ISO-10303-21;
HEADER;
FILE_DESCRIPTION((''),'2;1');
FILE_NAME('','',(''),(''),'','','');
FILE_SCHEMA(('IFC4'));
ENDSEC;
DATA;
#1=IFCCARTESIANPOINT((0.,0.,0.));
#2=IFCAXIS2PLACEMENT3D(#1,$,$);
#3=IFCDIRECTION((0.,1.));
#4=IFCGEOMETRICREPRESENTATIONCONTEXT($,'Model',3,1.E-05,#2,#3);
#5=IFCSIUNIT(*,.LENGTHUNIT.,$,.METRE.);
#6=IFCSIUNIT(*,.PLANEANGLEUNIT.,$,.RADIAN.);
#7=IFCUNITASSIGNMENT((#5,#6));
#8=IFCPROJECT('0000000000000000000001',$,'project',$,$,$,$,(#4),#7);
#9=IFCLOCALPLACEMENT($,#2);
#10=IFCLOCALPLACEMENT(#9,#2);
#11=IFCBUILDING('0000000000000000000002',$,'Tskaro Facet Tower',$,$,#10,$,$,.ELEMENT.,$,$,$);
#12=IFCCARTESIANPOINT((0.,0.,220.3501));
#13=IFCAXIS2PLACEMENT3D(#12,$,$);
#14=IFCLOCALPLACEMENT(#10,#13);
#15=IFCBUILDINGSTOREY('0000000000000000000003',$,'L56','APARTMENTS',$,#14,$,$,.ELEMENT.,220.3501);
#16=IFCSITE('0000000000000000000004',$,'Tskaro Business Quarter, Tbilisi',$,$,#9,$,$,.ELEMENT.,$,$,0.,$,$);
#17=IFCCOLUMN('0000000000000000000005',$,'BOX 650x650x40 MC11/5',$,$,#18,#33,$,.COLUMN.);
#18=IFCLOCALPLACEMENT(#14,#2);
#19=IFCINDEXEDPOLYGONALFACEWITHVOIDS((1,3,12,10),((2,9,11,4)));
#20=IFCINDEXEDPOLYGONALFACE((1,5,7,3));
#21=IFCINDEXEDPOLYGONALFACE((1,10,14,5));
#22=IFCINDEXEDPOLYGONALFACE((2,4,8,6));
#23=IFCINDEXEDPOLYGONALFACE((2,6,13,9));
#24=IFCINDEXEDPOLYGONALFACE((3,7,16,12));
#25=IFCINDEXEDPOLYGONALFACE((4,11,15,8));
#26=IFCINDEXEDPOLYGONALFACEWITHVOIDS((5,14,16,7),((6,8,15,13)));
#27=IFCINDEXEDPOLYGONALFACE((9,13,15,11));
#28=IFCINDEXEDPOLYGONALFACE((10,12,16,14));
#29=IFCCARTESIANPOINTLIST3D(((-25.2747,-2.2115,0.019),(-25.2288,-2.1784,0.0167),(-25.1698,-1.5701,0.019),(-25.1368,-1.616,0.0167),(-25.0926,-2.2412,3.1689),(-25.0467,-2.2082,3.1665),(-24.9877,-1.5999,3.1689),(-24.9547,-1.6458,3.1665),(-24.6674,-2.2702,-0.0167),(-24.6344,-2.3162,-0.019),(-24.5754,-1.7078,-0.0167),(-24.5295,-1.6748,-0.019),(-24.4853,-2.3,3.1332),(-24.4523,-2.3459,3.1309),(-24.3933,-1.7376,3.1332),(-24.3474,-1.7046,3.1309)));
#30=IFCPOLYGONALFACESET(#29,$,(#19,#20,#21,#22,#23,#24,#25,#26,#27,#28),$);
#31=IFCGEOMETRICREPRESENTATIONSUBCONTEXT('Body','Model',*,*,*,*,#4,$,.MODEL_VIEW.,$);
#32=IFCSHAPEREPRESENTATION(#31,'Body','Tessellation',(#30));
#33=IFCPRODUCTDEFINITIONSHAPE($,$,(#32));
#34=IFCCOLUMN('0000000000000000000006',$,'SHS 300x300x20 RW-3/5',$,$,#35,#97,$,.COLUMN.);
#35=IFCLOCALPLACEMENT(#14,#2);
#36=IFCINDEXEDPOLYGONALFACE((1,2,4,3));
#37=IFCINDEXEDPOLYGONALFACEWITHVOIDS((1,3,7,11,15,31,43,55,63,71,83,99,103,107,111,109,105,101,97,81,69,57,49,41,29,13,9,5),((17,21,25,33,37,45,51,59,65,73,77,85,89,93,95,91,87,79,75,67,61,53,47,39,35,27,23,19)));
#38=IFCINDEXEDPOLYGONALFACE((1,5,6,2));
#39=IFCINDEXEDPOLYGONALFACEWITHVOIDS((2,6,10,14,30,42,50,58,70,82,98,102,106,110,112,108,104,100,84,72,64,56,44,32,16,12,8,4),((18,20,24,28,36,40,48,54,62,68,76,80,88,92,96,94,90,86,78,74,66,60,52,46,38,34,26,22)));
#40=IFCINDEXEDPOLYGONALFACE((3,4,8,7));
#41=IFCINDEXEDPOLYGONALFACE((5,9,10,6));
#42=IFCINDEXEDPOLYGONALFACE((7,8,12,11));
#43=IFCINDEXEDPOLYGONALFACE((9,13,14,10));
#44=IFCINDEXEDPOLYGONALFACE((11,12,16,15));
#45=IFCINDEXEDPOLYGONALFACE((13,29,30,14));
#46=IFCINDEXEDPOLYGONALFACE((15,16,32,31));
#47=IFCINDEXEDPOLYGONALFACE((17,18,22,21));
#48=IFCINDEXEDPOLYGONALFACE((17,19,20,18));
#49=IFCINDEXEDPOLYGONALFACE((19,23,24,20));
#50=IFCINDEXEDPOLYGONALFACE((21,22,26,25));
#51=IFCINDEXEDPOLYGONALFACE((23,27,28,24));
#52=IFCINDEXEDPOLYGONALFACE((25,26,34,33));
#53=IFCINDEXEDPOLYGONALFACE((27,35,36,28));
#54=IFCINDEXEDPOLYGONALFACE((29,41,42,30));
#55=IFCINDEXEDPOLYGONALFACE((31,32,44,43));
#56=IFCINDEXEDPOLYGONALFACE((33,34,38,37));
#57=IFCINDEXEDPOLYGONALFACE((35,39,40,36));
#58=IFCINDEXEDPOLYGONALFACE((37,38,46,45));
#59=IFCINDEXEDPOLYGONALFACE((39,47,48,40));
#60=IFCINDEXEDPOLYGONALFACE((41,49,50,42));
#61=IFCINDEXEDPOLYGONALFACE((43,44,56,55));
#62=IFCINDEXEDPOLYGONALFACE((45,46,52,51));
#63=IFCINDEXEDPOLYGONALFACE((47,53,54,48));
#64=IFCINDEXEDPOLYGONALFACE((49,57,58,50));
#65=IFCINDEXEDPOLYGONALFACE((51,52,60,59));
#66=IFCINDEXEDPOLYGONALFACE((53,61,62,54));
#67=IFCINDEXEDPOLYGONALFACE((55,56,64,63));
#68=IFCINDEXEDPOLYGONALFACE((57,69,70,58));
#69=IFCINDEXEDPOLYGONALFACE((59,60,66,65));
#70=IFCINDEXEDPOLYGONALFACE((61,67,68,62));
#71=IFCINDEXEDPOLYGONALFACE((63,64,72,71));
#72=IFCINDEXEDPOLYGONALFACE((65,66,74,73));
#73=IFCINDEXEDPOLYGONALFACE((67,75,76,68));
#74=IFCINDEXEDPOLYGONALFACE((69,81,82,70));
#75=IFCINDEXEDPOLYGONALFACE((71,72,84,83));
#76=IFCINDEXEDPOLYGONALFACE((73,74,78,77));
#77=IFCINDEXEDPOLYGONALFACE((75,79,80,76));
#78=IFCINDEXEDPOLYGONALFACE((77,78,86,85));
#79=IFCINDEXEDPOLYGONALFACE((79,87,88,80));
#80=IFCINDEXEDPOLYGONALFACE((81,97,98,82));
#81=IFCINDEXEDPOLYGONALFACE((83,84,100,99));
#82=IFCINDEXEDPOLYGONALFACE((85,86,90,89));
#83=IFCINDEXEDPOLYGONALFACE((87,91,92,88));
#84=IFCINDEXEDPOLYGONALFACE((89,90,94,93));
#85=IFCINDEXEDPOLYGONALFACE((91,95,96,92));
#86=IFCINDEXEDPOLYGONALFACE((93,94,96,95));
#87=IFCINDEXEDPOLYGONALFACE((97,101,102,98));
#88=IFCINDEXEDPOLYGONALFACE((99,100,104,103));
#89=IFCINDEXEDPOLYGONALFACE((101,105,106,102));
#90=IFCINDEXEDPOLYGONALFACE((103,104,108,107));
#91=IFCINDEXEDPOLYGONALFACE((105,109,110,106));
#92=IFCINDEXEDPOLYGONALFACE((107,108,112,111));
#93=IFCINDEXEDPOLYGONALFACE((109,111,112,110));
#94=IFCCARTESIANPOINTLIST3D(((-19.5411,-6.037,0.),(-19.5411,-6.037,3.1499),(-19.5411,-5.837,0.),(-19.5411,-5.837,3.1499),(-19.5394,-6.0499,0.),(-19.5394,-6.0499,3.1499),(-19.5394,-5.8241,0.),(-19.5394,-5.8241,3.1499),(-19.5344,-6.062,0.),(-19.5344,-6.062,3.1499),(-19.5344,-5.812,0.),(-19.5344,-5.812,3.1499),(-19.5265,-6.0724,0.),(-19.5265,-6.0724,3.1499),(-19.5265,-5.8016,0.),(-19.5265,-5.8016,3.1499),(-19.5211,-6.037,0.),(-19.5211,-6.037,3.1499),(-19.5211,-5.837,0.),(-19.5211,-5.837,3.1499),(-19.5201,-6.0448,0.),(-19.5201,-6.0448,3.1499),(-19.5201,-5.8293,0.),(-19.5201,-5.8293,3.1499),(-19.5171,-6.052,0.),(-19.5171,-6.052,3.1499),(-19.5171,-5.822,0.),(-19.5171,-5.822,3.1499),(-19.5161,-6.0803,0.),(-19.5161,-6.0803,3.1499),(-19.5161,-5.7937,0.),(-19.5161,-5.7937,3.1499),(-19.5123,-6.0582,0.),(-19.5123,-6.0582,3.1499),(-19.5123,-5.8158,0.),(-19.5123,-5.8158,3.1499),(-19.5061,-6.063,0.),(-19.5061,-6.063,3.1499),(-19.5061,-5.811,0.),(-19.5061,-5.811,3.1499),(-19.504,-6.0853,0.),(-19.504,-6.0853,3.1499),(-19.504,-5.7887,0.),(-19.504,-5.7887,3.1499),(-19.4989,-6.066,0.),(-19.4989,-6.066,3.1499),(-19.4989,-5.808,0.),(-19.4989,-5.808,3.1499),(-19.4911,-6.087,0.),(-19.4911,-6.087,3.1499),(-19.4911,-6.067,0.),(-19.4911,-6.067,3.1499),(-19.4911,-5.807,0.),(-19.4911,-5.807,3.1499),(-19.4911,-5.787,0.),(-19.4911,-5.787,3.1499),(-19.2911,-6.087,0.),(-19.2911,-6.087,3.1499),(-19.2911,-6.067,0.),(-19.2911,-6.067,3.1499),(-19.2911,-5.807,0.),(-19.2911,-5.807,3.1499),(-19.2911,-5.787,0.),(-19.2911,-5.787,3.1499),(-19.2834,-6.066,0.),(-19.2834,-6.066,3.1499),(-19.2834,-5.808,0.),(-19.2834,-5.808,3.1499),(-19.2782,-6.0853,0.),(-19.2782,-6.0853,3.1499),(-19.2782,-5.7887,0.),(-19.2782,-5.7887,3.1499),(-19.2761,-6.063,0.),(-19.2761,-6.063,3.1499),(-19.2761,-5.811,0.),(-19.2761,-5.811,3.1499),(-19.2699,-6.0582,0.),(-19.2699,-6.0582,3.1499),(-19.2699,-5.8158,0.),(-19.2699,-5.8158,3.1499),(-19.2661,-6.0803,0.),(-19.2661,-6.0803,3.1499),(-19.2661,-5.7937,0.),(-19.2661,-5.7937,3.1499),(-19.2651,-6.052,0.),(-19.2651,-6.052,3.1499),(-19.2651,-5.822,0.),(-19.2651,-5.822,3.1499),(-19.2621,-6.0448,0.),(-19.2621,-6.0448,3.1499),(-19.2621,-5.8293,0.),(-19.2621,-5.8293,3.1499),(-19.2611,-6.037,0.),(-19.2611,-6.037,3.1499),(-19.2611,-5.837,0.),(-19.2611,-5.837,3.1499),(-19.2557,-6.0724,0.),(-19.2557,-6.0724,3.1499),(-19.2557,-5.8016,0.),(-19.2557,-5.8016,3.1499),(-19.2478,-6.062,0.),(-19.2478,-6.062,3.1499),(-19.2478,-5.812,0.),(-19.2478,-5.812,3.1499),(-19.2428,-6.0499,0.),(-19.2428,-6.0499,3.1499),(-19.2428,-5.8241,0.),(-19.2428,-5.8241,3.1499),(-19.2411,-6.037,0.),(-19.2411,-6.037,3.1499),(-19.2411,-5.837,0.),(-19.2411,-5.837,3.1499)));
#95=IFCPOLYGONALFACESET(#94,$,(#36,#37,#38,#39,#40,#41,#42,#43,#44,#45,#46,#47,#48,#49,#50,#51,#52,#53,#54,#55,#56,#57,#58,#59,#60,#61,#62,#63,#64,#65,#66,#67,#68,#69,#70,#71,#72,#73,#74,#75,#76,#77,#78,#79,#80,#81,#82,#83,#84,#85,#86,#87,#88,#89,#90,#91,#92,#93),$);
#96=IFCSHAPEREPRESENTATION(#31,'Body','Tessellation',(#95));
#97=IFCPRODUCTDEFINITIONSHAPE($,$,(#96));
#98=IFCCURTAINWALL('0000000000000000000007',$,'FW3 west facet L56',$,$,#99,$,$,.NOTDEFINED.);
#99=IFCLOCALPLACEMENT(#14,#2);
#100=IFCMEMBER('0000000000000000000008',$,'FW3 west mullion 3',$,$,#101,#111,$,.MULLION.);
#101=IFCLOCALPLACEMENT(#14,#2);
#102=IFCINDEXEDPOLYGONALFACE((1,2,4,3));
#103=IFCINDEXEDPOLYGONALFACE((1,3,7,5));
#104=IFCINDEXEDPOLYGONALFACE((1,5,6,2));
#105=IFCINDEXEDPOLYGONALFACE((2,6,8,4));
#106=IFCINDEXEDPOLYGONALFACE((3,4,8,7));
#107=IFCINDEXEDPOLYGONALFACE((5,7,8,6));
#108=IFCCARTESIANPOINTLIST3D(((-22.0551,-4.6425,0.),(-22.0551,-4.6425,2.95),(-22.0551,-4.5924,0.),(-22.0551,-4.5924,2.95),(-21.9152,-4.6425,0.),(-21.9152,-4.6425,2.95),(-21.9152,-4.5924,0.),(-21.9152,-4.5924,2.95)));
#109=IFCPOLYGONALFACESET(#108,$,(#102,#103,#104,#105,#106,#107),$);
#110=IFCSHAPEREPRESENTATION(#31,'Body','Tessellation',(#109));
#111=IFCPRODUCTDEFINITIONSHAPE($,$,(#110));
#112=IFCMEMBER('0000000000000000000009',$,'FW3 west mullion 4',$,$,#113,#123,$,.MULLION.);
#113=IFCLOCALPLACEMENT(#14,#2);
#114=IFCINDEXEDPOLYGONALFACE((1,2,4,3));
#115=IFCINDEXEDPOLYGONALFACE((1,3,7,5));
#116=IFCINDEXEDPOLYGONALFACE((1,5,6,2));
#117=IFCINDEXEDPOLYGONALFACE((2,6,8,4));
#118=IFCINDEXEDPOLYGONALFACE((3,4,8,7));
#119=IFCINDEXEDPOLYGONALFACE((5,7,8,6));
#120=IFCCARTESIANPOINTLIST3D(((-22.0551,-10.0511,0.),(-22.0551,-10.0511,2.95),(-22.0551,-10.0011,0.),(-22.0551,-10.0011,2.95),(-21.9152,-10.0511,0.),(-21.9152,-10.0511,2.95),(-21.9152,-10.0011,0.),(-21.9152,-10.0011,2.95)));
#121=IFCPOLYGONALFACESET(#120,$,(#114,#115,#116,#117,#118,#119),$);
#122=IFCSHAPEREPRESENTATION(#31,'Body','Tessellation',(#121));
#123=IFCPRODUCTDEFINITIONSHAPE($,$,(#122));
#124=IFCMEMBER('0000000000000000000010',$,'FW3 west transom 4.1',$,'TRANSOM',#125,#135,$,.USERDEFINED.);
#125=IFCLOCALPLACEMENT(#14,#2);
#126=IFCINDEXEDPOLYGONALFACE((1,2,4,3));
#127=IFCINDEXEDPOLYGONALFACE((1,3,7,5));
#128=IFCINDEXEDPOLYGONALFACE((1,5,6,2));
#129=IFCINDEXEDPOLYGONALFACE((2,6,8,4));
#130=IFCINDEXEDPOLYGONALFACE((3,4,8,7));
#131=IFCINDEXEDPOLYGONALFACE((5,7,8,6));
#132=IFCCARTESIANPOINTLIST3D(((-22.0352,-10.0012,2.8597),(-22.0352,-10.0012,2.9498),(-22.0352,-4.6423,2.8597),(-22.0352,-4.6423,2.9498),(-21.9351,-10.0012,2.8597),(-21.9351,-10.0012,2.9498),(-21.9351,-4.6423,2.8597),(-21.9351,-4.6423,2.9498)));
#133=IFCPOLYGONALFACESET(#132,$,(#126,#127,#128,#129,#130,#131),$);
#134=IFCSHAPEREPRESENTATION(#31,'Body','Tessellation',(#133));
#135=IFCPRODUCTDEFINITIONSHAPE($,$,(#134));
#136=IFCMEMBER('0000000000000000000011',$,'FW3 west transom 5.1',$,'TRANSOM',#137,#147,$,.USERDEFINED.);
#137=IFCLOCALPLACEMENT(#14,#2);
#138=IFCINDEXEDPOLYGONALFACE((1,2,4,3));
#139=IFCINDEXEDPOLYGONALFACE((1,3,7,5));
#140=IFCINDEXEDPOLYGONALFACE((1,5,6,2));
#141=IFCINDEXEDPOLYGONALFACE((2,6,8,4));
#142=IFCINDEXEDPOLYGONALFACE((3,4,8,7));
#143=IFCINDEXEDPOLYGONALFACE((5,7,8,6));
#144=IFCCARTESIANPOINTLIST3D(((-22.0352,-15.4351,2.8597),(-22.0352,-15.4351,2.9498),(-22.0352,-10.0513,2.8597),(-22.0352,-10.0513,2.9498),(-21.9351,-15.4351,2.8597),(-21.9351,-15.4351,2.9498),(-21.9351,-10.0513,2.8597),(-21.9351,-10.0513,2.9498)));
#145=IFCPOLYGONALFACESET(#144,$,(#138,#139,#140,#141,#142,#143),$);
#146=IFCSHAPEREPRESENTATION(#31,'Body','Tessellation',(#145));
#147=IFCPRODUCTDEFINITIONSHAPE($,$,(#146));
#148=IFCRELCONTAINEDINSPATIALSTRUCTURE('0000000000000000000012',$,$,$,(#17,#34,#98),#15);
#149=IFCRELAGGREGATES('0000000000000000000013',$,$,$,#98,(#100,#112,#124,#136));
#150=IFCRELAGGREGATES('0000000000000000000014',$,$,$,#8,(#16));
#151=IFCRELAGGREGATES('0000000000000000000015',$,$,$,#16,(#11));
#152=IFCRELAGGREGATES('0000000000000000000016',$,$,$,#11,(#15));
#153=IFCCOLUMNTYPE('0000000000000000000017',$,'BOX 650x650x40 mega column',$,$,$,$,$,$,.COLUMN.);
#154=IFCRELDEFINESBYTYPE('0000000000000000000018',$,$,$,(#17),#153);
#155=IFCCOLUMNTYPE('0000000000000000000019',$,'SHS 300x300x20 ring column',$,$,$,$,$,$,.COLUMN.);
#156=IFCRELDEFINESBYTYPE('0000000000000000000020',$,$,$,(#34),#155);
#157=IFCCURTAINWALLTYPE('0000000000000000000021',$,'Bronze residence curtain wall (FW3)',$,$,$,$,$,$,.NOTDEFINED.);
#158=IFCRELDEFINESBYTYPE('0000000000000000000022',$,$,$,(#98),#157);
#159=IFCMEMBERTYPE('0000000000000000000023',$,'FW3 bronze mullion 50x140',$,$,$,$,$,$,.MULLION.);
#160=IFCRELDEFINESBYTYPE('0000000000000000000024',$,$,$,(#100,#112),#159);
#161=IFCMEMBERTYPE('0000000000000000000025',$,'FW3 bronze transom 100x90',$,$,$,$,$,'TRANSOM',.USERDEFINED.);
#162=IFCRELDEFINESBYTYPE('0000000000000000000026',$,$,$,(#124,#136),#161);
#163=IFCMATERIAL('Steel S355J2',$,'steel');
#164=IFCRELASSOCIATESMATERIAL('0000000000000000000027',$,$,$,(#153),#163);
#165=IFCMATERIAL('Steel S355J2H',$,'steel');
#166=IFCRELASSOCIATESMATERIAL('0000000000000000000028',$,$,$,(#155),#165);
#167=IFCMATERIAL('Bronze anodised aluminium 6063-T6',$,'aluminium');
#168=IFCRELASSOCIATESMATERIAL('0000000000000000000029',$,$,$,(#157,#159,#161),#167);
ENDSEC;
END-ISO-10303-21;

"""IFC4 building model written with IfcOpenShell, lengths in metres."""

from ifc_helpers import new_model, si_unit, direction, frame, origin, origin_2d, place, context, subcontext, project, spatial, rectangle, hollow_rectangle, extrude, material, material_profile, profile_set, type_object, element, aggregate, save


model = new_model("IFC4")

# Units and contexts
model_context = context("Model", 3, precision=1e-05, world=origin(), true_north=direction((0.0, 1.0)))
body_context = subcontext(model_context, "Body", "Model", "MODEL_VIEW")
ifc_project = project(units=[si_unit("LENGTHUNIT", "METRE"), si_unit("PLANEANGLEUNIT", "RADIAN")], contexts=[model_context])

# Site, building, storey
site_placement = place(None, origin())
site = spatial("IfcSite", under=ifc_project, at=site_placement, Name="Tskaro Business Quarter, Tbilisi", CompositionType="ELEMENT", RefElevation=0.0)
building_placement = place(site_placement, origin())
building = spatial("IfcBuilding", under=site, at=building_placement, Name="Tskaro Facet Tower", CompositionType="ELEMENT")
storey_placement = place(building_placement, frame((0.0, 0.0, 220.3501)))
storey = spatial("IfcBuildingStorey", under=building, at=storey_placement, Name="L56", Description="APARTMENTS", CompositionType="ELEMENT", Elevation=220.3501)

# Columns
ifc_material_1 = material(Name="Steel S355J2", Category="steel")
ifc_material_profile_1 = material_profile(ifc_material_1, hollow_rectangle(XDim=0.6499, YDim=0.6499, WallThickness=0.04, at=origin_2d()), Name="BOX 650x650x40")
ifc_profile_set_1 = profile_set([ifc_material_profile_1], Name="Steel S355J2")
column_type_1 = type_object("IfcColumnType", Name="BOX 650x650x40 mega column", PredefinedType="COLUMN", material=ifc_profile_set_1)
column_1_placement = place(storey_placement, frame((-24.9021, -1.9431, 0.0), z_axis=(0.057722, -0.00944, 0.998288), x_axis=(0.161395, 0.98689, 0.0)))
element("IfcColumn", 1, at=column_1_placement, inside=storey, type_object=column_type_1, Name="BOX 650x650x40 MC11/5", PredefinedType="COLUMN", context=body_context, shape_type="SweptSolid", body=[
    extrude(hollow_rectangle(XDim=0.6499, YDim=0.6499, WallThickness=0.04, at=origin_2d()), origin(), (0.0, 0.0, 1.0), 3.1553),
])
ifc_material_2 = material(Name="Steel S355J2H", Category="steel")
ifc_material_profile_2 = material_profile(ifc_material_2, hollow_rectangle(XDim=0.3, YDim=0.3, WallThickness=0.02, InnerFilletRadius=0.03, OuterFilletRadius=0.05, at=origin_2d()), Name="SHS 300x300x20")
ifc_profile_set_2 = profile_set([ifc_material_profile_2], Name="Steel S355J2H")
column_type_2 = type_object("IfcColumnType", Name="SHS 300x300x20 ring column", PredefinedType="COLUMN", material=ifc_profile_set_2)
column_2_placement = place(storey_placement, frame((-19.3911, -5.937, 0.0), z_axis=(0.0, 0.0, 1.0), x_axis=(1.0, 0.0, 0.0)))
element("IfcColumn", 2, at=column_2_placement, inside=storey, type_object=column_type_2, Name="SHS 300x300x20 RW-3/5", PredefinedType="COLUMN", context=body_context, shape_type="SweptSolid", body=[
    extrude(hollow_rectangle(XDim=0.3, YDim=0.3, WallThickness=0.02, InnerFilletRadius=0.03, OuterFilletRadius=0.05, at=origin_2d()), origin(), (0.0, 0.0, 1.0), 3.1499),
])

# Curtain wall, members
ifc_material_3 = material(Name="Bronze anodised aluminium 6063-T6", Category="aluminium")
curtain_wall_type = type_object("IfcCurtainWallType", Name="Bronze residence curtain wall (FW3)", PredefinedType="NOTDEFINED", material=ifc_material_3)
curtain_wall_placement = place(storey_placement, origin())
curtain_wall = element("IfcCurtainWall", 3, at=curtain_wall_placement, inside=storey, type_object=curtain_wall_type, Name="FW3 west facet L56", PredefinedType="NOTDEFINED")
ifc_material_profile_3 = material_profile(ifc_material_3, rectangle(XDim=0.05, YDim=0.1399, at=origin_2d()), Name="Mullion 50x140")
ifc_profile_set_3 = profile_set([ifc_material_profile_3], Name="Bronze anodised aluminium 6063-T6")
member_type_1 = type_object("IfcMemberType", Name="FW3 bronze mullion 50x140", PredefinedType="MULLION", material=ifc_profile_set_3)
member_1_placement = place(storey_placement, frame((-21.9851, -4.6174, 0.0), z_axis=(0.0, 0.0, 1.0), x_axis=(0.0, -1.0, 0.0)))
member_1 = element("IfcMember", 4, at=member_1_placement, type_object=member_type_1, Name="FW3 west mullion 3", PredefinedType="MULLION", context=body_context, shape_type="SweptSolid", body=[
    extrude(rectangle(XDim=0.05, YDim=0.1399, at=origin_2d()), origin(), (0.0, 0.0, 1.0), 2.95),
])
member_2_placement = place(storey_placement, frame((-21.9851, -10.0261, 0.0), z_axis=(0.0, 0.0, 1.0), x_axis=(0.0, -1.0, 0.0)))
member_2 = element("IfcMember", 5, at=member_2_placement, type_object=member_type_1, Name="FW3 west mullion 4", PredefinedType="MULLION", context=body_context, shape_type="SweptSolid", body=[
    extrude(rectangle(XDim=0.05, YDim=0.1399, at=origin_2d()), origin(), (0.0, 0.0, 1.0), 2.95),
])
ifc_material_profile_4 = material_profile(ifc_material_3, rectangle(XDim=0.1001, YDim=0.0901, at=origin_2d()), Name="Transom 100x90")
ifc_profile_set_4 = profile_set([ifc_material_profile_4], Name="Bronze anodised aluminium 6063-T6")
member_type_2 = type_object("IfcMemberType", Name="FW3 bronze transom 100x90", ElementType="TRANSOM", PredefinedType="USERDEFINED", material=ifc_profile_set_4)
member_3_placement = place(storey_placement, frame((-21.9851, -4.6423, 2.9048), z_axis=(0.0, -1.0, 0.0), x_axis=(1.0, 0.0, 0.0)))
member_3 = element("IfcMember", 6, at=member_3_placement, type_object=member_type_2, Name="FW3 west transom 4.1", ObjectType="TRANSOM", PredefinedType="USERDEFINED", context=body_context, shape_type="SweptSolid", body=[
    extrude(rectangle(XDim=0.1001, YDim=0.0901, at=origin_2d()), origin(), (0.0, 0.0, 1.0), 5.3589),
])
member_4_placement = place(storey_placement, frame((-21.9851, -10.0513, 2.9048), z_axis=(0.0, -1.0, 0.0), x_axis=(1.0, 0.0, 0.0)))
member_4 = element("IfcMember", 7, at=member_4_placement, type_object=member_type_2, Name="FW3 west transom 5.1", ObjectType="TRANSOM", PredefinedType="USERDEFINED", context=body_context, shape_type="SweptSolid", body=[
    extrude(rectangle(XDim=0.1001, YDim=0.0901, at=origin_2d()), origin(), (0.0, 0.0, 1.0), 5.3838),
])

aggregate(curtain_wall, [member_1, member_2, member_3, member_4])

save(model, "model.ifc")
